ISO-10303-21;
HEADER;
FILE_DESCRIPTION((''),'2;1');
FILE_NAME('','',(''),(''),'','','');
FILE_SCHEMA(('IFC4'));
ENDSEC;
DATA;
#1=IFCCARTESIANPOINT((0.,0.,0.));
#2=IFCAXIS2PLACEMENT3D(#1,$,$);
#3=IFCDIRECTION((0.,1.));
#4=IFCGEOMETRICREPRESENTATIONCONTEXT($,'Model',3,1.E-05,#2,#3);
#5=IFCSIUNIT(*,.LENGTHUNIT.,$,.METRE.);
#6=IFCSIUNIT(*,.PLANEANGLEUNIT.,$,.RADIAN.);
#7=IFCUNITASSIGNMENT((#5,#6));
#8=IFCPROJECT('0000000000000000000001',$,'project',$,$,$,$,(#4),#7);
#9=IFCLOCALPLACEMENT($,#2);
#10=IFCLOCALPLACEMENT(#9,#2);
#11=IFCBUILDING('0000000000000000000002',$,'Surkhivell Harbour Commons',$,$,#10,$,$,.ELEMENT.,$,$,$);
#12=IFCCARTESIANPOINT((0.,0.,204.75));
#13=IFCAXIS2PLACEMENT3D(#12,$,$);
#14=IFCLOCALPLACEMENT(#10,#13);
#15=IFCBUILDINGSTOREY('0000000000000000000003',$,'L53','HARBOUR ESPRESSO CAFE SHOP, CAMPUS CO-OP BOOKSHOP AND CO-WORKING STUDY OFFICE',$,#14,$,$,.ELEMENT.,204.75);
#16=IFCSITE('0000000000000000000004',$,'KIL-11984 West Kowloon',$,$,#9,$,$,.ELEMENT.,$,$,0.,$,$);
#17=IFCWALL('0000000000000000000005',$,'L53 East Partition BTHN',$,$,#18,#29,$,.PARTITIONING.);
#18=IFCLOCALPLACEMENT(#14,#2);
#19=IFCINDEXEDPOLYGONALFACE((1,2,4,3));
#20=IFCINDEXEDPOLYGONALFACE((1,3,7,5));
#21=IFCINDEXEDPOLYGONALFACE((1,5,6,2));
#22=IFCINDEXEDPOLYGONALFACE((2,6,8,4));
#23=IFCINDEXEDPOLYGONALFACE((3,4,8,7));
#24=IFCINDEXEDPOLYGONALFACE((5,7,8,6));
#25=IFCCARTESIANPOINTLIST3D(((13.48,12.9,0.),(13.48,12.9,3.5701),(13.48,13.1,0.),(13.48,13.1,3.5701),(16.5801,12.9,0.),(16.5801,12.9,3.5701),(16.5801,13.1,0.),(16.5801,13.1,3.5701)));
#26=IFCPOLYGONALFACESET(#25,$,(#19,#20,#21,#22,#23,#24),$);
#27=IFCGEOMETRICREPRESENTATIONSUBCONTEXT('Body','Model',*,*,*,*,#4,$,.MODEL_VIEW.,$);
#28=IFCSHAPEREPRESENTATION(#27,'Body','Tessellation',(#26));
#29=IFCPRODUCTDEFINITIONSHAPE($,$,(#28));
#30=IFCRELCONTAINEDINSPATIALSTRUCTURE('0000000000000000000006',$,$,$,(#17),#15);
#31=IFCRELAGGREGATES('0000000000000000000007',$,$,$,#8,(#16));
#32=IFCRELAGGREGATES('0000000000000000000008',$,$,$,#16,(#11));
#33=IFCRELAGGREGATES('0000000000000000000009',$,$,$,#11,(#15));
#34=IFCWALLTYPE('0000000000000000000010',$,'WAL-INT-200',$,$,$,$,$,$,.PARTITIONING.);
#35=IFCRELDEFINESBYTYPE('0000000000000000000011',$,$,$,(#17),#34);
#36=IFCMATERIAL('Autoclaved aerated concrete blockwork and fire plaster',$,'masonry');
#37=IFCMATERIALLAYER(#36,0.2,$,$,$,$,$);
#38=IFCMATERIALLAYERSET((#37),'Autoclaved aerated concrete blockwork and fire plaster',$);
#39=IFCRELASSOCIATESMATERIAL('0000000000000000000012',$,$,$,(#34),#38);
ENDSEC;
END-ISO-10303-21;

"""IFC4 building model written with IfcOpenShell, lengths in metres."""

from ifc_helpers import new_model, si_unit, direction, frame, frame_2d, origin, place, context, subcontext, project, spatial, rectangle, extrude, material, layer, layer_set, type_object, element, save


model = new_model("IFC4")

# Units and contexts
model_context = context("Model", 3, precision=1e-05, world=origin(), true_north=direction((0.0, 1.0)))
body_context = subcontext(model_context, "Body", "Model", "MODEL_VIEW")
ifc_project = project(units=[si_unit("LENGTHUNIT", "METRE"), si_unit("PLANEANGLEUNIT", "RADIAN")], contexts=[model_context])

# Site, building, storey
site_placement = place(None, origin())
site = spatial("IfcSite", under=ifc_project, at=site_placement, Name="KIL-11984 West Kowloon", CompositionType="ELEMENT", RefElevation=0.0)
building_placement = place(site_placement, origin())
building = spatial("IfcBuilding", under=site, at=building_placement, Name="Surkhivell Harbour Commons", CompositionType="ELEMENT")
storey_placement = place(building_placement, frame((0.0, 0.0, 204.75)))
storey = spatial("IfcBuildingStorey", under=building, at=storey_placement, Name="L53", Description="HARBOUR ESPRESSO CAFE SHOP, CAMPUS CO-OP BOOKSHOP AND CO-WORKING STUDY OFFICE", CompositionType="ELEMENT", Elevation=204.75)

# Wall
ifc_material_1 = material(Name="Autoclaved aerated concrete blockwork and fire plaster", Category="masonry")
ifc_layer_1 = layer(ifc_material_1, 0.2)
ifc_layer_set_1 = layer_set([ifc_layer_1], Name="Autoclaved aerated concrete blockwork and fire plaster")
wall_type_1 = type_object("IfcWallType", Name="WAL-INT-200", PredefinedType="PARTITIONING", material=ifc_layer_set_1)
wall_1_placement = place(storey_placement, frame((13.48, 13.0, 0.0), z_axis=(0.0, 0.0, 1.0), x_axis=(1.0, 0.0, 0.0)))
element("IfcWall", 1, at=wall_1_placement, inside=storey, type_object=wall_type_1, Name="L53 East Partition BTHN", PredefinedType="PARTITIONING", context=body_context, shape_type="SweptSolid", body=[
    extrude(rectangle(XDim=3.1001, YDim=0.2, at=frame_2d((1.55, 0.0))), origin(), (0.0, 0.0, 1.0), 3.5701),
])

save(model, "model.ifc")
